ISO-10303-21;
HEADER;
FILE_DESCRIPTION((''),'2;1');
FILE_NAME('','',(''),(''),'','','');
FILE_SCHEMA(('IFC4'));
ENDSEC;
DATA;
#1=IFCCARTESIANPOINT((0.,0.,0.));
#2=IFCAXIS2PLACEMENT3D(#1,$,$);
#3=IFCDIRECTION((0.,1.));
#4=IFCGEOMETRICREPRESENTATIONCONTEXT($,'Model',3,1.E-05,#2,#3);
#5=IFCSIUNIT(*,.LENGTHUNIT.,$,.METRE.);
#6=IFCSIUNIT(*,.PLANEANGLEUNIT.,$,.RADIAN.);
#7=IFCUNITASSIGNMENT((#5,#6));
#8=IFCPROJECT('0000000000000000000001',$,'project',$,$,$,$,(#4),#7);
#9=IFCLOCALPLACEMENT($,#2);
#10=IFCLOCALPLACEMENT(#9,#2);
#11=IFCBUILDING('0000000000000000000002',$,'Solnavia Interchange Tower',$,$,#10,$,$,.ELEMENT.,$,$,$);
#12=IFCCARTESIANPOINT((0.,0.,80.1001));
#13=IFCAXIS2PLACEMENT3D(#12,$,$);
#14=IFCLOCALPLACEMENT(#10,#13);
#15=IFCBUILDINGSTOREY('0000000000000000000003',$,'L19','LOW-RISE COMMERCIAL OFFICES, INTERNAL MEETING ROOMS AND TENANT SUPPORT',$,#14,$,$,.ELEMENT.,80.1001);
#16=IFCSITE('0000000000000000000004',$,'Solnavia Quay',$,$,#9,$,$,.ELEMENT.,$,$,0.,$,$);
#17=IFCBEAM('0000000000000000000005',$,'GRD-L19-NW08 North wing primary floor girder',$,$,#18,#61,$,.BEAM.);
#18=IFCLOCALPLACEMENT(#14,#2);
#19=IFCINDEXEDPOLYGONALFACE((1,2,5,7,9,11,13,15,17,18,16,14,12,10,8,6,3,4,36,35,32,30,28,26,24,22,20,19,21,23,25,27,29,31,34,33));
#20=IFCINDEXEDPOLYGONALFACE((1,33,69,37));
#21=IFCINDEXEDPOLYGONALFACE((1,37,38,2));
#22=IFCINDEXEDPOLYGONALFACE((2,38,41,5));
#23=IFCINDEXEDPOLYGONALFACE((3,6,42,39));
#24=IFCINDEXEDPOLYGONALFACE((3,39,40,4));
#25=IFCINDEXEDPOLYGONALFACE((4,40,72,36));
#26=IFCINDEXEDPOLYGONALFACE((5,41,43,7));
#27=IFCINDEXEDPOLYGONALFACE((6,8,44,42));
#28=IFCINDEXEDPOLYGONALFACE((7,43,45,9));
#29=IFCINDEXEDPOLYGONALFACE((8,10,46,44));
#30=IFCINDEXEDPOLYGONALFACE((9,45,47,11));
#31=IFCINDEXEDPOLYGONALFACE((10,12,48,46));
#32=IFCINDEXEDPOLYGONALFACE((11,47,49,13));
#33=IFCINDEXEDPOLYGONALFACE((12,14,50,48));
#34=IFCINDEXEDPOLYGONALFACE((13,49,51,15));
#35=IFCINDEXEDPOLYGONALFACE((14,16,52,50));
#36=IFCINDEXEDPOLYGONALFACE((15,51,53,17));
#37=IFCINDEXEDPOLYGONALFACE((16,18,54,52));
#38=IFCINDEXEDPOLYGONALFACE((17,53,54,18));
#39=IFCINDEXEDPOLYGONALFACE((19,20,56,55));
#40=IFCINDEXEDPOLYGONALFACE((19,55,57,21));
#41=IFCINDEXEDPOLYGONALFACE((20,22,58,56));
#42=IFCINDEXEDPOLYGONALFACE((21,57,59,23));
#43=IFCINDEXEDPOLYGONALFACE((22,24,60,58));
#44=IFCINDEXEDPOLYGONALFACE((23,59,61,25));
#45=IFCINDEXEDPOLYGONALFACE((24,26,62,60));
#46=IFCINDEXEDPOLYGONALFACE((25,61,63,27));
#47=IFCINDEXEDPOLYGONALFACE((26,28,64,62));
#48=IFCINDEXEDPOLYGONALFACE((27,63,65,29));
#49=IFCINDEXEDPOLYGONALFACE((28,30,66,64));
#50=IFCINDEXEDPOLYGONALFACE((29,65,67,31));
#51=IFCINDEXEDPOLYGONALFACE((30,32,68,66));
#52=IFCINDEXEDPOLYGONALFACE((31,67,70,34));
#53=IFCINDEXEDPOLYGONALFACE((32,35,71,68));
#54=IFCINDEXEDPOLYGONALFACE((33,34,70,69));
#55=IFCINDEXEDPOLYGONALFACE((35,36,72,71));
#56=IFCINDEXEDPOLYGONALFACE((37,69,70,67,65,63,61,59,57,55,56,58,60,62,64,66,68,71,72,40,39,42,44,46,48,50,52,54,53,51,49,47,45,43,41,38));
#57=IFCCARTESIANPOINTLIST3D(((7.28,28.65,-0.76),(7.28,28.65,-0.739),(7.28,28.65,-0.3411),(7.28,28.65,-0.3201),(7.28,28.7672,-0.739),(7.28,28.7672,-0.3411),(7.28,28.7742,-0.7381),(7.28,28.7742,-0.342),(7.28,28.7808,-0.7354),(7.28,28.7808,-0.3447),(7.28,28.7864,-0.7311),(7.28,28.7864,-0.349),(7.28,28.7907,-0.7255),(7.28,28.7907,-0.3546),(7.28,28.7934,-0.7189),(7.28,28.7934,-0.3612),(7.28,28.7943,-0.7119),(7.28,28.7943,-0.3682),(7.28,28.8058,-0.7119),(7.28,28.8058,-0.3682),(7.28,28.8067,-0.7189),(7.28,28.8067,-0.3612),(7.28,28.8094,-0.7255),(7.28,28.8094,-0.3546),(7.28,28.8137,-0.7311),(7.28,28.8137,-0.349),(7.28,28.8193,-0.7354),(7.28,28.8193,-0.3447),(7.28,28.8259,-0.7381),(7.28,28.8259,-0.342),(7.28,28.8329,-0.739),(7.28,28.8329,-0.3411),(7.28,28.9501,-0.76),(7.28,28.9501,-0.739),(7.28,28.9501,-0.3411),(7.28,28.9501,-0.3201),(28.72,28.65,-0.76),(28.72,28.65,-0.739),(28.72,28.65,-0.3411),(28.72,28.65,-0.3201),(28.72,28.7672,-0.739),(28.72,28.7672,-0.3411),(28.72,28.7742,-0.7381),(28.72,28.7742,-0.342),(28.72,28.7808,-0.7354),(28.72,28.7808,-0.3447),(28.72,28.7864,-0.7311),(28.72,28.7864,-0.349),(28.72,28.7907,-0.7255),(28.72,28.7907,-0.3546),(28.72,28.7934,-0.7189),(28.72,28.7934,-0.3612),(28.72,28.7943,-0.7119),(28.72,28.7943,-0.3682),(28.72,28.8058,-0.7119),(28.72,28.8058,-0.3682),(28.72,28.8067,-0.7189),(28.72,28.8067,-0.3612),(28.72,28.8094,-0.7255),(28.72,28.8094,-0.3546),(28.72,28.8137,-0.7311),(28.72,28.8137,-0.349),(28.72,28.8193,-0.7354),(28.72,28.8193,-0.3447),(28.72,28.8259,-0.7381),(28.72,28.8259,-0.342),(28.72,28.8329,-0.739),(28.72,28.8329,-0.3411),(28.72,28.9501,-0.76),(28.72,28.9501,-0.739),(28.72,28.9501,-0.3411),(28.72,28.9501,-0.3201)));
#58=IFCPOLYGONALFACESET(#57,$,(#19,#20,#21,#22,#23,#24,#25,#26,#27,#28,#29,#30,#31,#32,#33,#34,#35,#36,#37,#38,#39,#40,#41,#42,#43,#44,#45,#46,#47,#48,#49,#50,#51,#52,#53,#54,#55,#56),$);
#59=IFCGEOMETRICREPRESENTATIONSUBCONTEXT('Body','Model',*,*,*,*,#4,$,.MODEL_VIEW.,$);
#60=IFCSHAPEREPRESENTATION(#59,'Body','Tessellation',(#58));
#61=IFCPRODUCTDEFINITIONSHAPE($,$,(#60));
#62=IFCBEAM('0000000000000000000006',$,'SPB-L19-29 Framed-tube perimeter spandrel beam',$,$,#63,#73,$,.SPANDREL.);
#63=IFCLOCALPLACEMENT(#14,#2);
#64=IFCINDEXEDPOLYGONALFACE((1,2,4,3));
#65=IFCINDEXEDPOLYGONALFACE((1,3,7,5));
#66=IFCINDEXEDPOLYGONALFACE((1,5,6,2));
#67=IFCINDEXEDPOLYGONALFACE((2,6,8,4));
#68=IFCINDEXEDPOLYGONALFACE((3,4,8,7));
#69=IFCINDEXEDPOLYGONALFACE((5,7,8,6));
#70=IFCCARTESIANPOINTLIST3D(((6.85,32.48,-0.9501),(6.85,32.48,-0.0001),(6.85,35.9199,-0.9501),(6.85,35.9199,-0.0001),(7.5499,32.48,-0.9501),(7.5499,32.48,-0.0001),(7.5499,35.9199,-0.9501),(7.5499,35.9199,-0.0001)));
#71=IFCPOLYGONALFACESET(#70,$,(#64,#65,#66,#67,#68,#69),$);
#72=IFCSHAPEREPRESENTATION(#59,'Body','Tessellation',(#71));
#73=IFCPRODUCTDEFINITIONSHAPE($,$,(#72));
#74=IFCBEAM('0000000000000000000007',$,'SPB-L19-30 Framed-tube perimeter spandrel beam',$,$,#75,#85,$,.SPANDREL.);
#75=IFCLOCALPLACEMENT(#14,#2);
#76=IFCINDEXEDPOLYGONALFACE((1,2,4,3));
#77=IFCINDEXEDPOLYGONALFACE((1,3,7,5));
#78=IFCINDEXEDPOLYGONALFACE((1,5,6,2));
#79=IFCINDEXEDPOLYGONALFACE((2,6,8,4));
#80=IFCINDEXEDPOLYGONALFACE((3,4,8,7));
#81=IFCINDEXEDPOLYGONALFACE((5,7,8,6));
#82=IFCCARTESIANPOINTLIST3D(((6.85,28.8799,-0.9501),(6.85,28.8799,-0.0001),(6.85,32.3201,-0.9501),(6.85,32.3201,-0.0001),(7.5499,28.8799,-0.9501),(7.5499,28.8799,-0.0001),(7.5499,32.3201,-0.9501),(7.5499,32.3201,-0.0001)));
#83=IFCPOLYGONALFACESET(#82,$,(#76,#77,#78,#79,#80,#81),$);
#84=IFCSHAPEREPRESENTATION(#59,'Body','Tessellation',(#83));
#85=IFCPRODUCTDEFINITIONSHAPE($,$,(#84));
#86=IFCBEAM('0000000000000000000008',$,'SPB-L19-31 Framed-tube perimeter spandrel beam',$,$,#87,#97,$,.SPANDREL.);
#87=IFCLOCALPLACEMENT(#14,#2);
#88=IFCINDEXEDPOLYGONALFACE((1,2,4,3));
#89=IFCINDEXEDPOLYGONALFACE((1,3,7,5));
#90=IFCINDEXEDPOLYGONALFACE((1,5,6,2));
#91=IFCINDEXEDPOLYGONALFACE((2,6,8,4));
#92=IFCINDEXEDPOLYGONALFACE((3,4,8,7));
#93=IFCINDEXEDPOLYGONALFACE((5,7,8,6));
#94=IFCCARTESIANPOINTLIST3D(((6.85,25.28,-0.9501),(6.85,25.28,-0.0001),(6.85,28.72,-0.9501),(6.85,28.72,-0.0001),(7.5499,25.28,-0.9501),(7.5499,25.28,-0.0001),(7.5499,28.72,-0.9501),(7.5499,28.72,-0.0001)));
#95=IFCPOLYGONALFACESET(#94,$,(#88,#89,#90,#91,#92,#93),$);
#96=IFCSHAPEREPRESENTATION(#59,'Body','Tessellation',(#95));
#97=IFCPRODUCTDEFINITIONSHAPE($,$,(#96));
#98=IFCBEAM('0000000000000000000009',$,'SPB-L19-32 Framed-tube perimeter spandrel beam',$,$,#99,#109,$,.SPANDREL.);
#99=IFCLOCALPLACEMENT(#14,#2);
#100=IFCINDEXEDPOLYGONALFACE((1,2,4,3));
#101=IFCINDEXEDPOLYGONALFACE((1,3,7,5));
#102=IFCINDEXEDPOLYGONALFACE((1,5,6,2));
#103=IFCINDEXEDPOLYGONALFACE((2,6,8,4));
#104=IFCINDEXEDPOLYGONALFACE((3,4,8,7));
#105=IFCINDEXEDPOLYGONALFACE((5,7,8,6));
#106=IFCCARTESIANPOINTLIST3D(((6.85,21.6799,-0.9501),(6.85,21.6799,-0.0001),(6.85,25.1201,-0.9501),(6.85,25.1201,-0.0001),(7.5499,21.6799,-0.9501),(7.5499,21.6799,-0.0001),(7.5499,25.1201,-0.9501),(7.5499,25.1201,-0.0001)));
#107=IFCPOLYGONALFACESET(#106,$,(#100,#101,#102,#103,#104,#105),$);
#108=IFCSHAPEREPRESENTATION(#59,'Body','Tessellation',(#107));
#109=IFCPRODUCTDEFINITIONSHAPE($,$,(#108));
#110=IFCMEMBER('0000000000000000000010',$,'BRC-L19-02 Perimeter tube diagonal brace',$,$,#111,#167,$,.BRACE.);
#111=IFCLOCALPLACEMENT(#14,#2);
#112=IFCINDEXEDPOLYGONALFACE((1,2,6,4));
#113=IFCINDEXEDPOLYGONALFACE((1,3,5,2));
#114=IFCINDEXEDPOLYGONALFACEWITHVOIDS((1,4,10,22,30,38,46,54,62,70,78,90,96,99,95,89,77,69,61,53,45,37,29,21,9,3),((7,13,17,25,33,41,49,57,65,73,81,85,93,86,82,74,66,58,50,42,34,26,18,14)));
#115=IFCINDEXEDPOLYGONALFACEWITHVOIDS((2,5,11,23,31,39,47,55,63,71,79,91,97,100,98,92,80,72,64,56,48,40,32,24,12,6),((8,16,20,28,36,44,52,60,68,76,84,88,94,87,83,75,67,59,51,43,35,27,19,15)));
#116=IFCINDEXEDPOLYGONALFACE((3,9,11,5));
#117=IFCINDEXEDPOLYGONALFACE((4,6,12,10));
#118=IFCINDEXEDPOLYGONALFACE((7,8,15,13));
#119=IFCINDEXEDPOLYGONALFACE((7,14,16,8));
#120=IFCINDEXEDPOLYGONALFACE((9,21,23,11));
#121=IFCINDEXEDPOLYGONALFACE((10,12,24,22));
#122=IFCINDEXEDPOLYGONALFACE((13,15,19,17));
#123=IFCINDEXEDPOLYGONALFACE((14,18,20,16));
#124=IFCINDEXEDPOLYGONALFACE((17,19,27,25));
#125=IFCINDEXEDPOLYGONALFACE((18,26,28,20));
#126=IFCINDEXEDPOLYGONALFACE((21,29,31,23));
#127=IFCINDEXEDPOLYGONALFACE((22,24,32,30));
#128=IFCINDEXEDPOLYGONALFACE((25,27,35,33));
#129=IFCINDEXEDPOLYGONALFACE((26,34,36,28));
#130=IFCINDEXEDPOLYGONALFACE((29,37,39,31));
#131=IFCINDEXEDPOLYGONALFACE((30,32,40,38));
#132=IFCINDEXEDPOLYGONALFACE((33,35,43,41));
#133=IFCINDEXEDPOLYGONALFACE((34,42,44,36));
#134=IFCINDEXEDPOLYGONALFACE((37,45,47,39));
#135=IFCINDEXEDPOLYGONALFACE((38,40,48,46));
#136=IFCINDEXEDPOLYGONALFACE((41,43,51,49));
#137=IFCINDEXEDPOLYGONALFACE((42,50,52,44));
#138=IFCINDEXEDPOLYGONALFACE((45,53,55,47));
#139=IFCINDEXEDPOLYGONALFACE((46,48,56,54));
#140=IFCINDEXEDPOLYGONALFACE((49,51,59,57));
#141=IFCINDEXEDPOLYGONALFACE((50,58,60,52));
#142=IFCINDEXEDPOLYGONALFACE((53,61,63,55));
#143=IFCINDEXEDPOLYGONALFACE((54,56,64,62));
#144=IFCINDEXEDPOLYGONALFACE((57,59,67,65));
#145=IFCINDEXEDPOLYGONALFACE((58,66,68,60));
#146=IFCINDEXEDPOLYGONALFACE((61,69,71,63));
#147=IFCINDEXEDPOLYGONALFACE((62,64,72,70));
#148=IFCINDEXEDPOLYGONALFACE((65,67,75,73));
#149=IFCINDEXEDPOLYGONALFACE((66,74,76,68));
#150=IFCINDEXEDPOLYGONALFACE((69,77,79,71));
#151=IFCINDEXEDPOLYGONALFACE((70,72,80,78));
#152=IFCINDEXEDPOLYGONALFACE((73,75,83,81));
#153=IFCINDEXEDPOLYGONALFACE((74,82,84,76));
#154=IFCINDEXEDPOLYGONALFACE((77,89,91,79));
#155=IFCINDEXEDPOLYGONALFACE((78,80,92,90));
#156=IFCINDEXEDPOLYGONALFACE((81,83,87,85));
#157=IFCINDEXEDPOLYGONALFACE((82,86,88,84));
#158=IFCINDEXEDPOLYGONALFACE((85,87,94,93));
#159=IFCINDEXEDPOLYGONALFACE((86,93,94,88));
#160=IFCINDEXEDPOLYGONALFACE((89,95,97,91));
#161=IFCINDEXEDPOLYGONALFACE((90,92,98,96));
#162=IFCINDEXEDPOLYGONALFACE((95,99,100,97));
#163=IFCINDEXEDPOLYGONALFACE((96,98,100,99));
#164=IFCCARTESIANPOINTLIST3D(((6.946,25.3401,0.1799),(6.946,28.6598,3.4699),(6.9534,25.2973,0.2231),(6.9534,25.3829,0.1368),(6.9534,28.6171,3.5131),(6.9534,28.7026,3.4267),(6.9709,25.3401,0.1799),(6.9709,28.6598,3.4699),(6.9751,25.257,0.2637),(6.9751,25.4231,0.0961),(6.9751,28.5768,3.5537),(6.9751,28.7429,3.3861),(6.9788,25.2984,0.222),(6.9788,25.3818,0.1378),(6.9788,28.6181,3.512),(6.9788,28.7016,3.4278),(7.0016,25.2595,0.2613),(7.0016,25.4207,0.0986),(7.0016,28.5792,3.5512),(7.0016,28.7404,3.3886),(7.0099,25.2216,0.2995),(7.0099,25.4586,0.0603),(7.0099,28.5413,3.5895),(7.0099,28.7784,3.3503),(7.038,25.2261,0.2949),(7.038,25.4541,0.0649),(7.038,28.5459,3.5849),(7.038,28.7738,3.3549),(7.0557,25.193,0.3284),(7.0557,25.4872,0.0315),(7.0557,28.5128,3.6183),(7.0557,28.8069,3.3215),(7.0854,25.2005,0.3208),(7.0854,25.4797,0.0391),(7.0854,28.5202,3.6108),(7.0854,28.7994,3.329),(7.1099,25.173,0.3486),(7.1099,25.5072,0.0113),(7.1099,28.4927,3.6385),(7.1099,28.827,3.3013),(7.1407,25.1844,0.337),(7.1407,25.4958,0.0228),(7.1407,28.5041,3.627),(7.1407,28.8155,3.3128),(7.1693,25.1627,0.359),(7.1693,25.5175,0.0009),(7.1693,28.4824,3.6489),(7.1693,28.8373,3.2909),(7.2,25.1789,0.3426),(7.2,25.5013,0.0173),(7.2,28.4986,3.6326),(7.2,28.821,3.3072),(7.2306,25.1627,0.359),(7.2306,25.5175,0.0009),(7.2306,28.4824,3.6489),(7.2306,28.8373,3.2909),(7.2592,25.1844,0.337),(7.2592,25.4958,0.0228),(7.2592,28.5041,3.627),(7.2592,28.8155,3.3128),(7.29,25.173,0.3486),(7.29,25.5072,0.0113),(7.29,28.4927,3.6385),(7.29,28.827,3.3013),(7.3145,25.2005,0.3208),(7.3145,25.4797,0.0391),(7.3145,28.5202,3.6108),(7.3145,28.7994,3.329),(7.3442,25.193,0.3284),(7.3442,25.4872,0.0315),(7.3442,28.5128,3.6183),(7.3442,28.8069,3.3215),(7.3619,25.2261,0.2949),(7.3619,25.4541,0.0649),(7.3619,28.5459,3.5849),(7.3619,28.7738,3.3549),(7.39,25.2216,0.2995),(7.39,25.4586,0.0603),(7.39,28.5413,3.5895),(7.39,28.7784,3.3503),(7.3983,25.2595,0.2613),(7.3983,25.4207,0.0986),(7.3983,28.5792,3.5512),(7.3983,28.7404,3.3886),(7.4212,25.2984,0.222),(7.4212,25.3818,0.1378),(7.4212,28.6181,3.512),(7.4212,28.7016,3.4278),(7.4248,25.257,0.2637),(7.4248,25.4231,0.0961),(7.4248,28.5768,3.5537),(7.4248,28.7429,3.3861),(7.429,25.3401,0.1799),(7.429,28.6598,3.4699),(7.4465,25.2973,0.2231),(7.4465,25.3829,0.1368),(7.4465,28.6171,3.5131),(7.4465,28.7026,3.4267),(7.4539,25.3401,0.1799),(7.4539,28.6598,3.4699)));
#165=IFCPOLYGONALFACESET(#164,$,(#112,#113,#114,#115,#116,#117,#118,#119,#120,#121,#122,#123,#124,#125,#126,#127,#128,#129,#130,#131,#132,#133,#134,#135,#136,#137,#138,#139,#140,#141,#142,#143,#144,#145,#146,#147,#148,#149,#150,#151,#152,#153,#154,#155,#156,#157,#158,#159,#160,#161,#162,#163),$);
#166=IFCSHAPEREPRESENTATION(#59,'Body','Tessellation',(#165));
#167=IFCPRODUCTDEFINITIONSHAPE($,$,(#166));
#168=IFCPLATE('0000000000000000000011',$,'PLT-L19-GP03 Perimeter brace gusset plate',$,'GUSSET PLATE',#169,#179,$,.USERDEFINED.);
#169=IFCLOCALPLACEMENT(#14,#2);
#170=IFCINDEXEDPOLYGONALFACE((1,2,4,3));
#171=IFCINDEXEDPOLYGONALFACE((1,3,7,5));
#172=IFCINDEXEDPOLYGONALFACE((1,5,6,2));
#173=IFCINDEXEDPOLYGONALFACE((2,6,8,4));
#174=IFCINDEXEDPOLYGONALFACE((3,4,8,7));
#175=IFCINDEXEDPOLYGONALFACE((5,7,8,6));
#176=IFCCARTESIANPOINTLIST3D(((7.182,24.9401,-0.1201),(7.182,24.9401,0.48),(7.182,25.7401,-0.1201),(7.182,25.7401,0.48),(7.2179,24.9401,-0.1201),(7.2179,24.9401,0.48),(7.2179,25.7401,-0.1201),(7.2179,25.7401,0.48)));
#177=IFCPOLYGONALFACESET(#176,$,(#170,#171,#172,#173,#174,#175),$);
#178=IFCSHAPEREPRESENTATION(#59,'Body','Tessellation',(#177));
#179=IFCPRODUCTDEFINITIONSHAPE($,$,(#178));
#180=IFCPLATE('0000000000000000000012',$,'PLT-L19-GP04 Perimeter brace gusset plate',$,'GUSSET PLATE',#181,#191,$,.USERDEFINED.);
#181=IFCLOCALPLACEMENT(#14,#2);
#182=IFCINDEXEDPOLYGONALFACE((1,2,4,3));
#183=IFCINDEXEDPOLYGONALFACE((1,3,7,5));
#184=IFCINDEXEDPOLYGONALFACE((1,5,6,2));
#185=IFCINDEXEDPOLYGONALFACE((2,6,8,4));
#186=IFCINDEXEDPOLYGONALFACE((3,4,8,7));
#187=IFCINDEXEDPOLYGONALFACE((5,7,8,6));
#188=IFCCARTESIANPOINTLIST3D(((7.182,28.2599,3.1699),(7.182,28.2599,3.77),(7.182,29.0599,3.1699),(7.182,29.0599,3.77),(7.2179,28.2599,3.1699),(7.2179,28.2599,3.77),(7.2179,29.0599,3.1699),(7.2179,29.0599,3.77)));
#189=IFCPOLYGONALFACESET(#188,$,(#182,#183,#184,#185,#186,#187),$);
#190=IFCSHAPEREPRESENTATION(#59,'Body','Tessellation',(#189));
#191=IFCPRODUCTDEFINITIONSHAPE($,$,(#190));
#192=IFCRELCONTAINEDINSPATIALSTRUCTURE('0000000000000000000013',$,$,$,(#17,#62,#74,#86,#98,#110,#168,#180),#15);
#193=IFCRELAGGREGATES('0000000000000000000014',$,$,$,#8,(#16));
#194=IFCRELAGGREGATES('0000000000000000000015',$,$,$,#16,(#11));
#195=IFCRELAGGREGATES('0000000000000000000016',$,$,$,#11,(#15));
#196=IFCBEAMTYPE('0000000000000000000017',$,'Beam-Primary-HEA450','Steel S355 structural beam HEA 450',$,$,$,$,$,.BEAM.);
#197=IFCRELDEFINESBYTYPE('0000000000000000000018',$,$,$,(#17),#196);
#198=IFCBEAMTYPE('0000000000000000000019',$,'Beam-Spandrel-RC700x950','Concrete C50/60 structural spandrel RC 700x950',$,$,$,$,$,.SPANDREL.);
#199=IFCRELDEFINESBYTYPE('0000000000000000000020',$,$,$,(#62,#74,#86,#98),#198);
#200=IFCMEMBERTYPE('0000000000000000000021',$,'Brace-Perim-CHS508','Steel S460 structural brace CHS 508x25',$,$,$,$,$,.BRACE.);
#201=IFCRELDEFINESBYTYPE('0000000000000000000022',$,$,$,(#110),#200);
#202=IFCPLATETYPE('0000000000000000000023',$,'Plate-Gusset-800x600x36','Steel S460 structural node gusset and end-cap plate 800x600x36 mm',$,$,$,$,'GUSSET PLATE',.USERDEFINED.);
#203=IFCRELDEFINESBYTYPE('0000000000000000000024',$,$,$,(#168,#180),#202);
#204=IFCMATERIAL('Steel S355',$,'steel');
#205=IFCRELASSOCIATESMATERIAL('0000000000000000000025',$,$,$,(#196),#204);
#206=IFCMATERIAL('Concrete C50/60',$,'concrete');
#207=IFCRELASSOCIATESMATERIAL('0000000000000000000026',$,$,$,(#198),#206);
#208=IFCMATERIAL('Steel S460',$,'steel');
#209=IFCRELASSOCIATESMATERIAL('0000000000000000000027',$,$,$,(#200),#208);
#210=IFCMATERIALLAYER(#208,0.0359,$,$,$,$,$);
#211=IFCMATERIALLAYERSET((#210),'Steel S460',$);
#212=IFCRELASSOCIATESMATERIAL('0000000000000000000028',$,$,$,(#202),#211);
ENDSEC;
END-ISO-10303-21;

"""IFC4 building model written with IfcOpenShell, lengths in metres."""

from ifc_helpers import new_model, si_unit, direction, frame, origin, origin_2d, place, context, subcontext, project, spatial, rectangle, hollow_circle, i_section, extrude, material, layer, layer_set, material_profile, profile_set, type_object, element, save


model = new_model("IFC4")

# Units and contexts
model_context = context("Model", 3, precision=1e-05, world=origin(), true_north=direction((0.0, 1.0)))
body_context = subcontext(model_context, "Body", "Model", "MODEL_VIEW")
ifc_project = project(units=[si_unit("LENGTHUNIT", "METRE"), si_unit("PLANEANGLEUNIT", "RADIAN")], contexts=[model_context])

# Site, building, storey
site_placement = place(None, origin())
site = spatial("IfcSite", under=ifc_project, at=site_placement, Name="Solnavia Quay", CompositionType="ELEMENT", RefElevation=0.0)
building_placement = place(site_placement, origin())
building = spatial("IfcBuilding", under=site, at=building_placement, Name="Solnavia Interchange Tower", CompositionType="ELEMENT")
storey_placement = place(building_placement, frame((0.0, 0.0, 80.1001)))
storey = spatial("IfcBuildingStorey", under=building, at=storey_placement, Name="L19", Description="LOW-RISE COMMERCIAL OFFICES, INTERNAL MEETING ROOMS AND TENANT SUPPORT", CompositionType="ELEMENT", Elevation=80.1001)

# Shared definitions
ifc_material_1 = material(Name="Concrete C50/60", Category="concrete")

# Beams
ifc_material_2 = material(Name="Steel S355", Category="steel")
ifc_material_profile_1 = material_profile(ifc_material_2, i_section(OverallWidth=0.3, OverallDepth=0.4399, WebThickness=0.0115, FlangeThickness=0.021, FilletRadius=0.0271, at=origin_2d()), Name="HEA 450")
ifc_profile_set_1 = profile_set([ifc_material_profile_1], Name="Steel S355")
beam_type_1 = type_object("IfcBeamType", Name="Beam-Primary-HEA450", Description="Steel S355 structural beam HEA 450", PredefinedType="BEAM", material=ifc_profile_set_1)
beam_1_placement = place(storey_placement, frame((7.28, 28.8, -0.54), z_axis=(1.0, 0.0, 0.0), x_axis=(0.0, 1.0, 0.0)))
element("IfcBeam", 1, at=beam_1_placement, inside=storey, type_object=beam_type_1, Name="GRD-L19-NW08 North wing primary floor girder", PredefinedType="BEAM", context=body_context, shape_type="SweptSolid", body=[
    extrude(i_section(OverallWidth=0.3, OverallDepth=0.4399, WebThickness=0.0115, FlangeThickness=0.021, FilletRadius=0.0271, at=origin_2d()), origin(), (0.0, 0.0, 1.0), 21.4399),
])
ifc_material_profile_2 = material_profile(ifc_material_1, rectangle(XDim=0.7, YDim=0.95, at=origin_2d()), Name="RC 700x950")
ifc_profile_set_2 = profile_set([ifc_material_profile_2], Name="Concrete C50/60")
beam_type_2 = type_object("IfcBeamType", Name="Beam-Spandrel-RC700x950", Description="Concrete C50/60 structural spandrel RC 700x950", PredefinedType="SPANDREL", material=ifc_profile_set_2)
beam_2_placement = place(storey_placement, frame((7.2, 35.9199, -0.4751), z_axis=(0.0, -1.0, 0.0), x_axis=(1.0, 0.0, 0.0)))
element("IfcBeam", 2, at=beam_2_placement, inside=storey, type_object=beam_type_2, Name="SPB-L19-29 Framed-tube perimeter spandrel beam", PredefinedType="SPANDREL", context=body_context, shape_type="SweptSolid", body=[
    extrude(rectangle(XDim=0.7, YDim=0.95, at=origin_2d()), origin(), (0.0, 0.0, 1.0), 3.4399),
])
beam_3_placement = place(storey_placement, frame((7.2, 32.3201, -0.4751), z_axis=(0.0, -1.0, 0.0), x_axis=(1.0, 0.0, 0.0)))
element("IfcBeam", 3, at=beam_3_placement, inside=storey, type_object=beam_type_2, Name="SPB-L19-30 Framed-tube perimeter spandrel beam", PredefinedType="SPANDREL", context=body_context, shape_type="SweptSolid", body=[
    extrude(rectangle(XDim=0.7, YDim=0.95, at=origin_2d()), origin(), (0.0, 0.0, 1.0), 3.4402),
])
beam_4_placement = place(storey_placement, frame((7.2, 28.72, -0.4751), z_axis=(0.0, -1.0, 0.0), x_axis=(1.0, 0.0, 0.0)))
element("IfcBeam", 4, at=beam_4_placement, inside=storey, type_object=beam_type_2, Name="SPB-L19-31 Framed-tube perimeter spandrel beam", PredefinedType="SPANDREL", context=body_context, shape_type="SweptSolid", body=[
    extrude(rectangle(XDim=0.7, YDim=0.95, at=origin_2d()), origin(), (0.0, 0.0, 1.0), 3.4399),
])
beam_5_placement = place(storey_placement, frame((7.2, 25.1201, -0.4751), z_axis=(0.0, -1.0, 0.0), x_axis=(1.0, 0.0, 0.0)))
element("IfcBeam", 5, at=beam_5_placement, inside=storey, type_object=beam_type_2, Name="SPB-L19-32 Framed-tube perimeter spandrel beam", PredefinedType="SPANDREL", context=body_context, shape_type="SweptSolid", body=[
    extrude(rectangle(XDim=0.7, YDim=0.95, at=origin_2d()), origin(), (0.0, 0.0, 1.0), 3.4402),
])

# Member
ifc_material_3 = material(Name="Steel S460", Category="steel")
ifc_material_profile_3 = material_profile(ifc_material_3, hollow_circle(Radius=0.2539, WallThickness=0.0249, at=origin_2d()), Name="CHS 508x25")
ifc_profile_set_3 = profile_set([ifc_material_profile_3], Name="Steel S460")
member_type = type_object("IfcMemberType", Name="Brace-Perim-CHS508", Description="Steel S460 structural brace CHS 508x25", PredefinedType="BRACE", material=ifc_profile_set_3)
member_placement = place(storey_placement, frame((7.2, 25.3401, 0.1799), z_axis=(0.0, 0.710286, 0.703913), x_axis=(-1.0, 0.0, 0.0)))
element("IfcMember", 6, at=member_placement, inside=storey, type_object=member_type, Name="BRC-L19-02 Perimeter tube diagonal brace", PredefinedType="BRACE", context=body_context, shape_type="SweptSolid", body=[
    extrude(hollow_circle(Radius=0.2539, WallThickness=0.0249, at=origin_2d()), origin(), (0.0, 0.0, 1.0), 4.6738),
])

# Plates
ifc_layer_1 = layer(ifc_material_3, 0.0359)
ifc_layer_set_1 = layer_set([ifc_layer_1], Name="Steel S460")
plate_type = type_object("IfcPlateType", Name="Plate-Gusset-800x600x36", Description="Steel S460 structural node gusset and end-cap plate 800x600x36 mm", ElementType="GUSSET PLATE", PredefinedType="USERDEFINED", material=ifc_layer_set_1)
for number, where, z_axis, x_axis, name in (
    (7, (7.2, 25.3401, -0.1201), (0.0, 0.0, 1.0), (0.0, 1.0, 0.0), "PLT-L19-GP03 Perimeter brace gusset plate"),
    (8, (7.2, 28.6599, 3.1699), (0.0, 0.0, 1.0), (0.0, 1.0, 0.0), "PLT-L19-GP04 Perimeter brace gusset plate"),
):
    element("IfcPlate", number, at=place(storey_placement, frame(where, z_axis=z_axis, x_axis=x_axis)), inside=storey, type_object=plate_type, Name=name, ObjectType="GUSSET PLATE", PredefinedType="USERDEFINED", context=body_context, shape_type="SweptSolid", body=[
        extrude(rectangle(XDim=0.8, YDim=0.0359, at=origin_2d()), origin(), (0.0, 0.0, 1.0), 0.6001),
    ])

save(model, "model.ifc")
